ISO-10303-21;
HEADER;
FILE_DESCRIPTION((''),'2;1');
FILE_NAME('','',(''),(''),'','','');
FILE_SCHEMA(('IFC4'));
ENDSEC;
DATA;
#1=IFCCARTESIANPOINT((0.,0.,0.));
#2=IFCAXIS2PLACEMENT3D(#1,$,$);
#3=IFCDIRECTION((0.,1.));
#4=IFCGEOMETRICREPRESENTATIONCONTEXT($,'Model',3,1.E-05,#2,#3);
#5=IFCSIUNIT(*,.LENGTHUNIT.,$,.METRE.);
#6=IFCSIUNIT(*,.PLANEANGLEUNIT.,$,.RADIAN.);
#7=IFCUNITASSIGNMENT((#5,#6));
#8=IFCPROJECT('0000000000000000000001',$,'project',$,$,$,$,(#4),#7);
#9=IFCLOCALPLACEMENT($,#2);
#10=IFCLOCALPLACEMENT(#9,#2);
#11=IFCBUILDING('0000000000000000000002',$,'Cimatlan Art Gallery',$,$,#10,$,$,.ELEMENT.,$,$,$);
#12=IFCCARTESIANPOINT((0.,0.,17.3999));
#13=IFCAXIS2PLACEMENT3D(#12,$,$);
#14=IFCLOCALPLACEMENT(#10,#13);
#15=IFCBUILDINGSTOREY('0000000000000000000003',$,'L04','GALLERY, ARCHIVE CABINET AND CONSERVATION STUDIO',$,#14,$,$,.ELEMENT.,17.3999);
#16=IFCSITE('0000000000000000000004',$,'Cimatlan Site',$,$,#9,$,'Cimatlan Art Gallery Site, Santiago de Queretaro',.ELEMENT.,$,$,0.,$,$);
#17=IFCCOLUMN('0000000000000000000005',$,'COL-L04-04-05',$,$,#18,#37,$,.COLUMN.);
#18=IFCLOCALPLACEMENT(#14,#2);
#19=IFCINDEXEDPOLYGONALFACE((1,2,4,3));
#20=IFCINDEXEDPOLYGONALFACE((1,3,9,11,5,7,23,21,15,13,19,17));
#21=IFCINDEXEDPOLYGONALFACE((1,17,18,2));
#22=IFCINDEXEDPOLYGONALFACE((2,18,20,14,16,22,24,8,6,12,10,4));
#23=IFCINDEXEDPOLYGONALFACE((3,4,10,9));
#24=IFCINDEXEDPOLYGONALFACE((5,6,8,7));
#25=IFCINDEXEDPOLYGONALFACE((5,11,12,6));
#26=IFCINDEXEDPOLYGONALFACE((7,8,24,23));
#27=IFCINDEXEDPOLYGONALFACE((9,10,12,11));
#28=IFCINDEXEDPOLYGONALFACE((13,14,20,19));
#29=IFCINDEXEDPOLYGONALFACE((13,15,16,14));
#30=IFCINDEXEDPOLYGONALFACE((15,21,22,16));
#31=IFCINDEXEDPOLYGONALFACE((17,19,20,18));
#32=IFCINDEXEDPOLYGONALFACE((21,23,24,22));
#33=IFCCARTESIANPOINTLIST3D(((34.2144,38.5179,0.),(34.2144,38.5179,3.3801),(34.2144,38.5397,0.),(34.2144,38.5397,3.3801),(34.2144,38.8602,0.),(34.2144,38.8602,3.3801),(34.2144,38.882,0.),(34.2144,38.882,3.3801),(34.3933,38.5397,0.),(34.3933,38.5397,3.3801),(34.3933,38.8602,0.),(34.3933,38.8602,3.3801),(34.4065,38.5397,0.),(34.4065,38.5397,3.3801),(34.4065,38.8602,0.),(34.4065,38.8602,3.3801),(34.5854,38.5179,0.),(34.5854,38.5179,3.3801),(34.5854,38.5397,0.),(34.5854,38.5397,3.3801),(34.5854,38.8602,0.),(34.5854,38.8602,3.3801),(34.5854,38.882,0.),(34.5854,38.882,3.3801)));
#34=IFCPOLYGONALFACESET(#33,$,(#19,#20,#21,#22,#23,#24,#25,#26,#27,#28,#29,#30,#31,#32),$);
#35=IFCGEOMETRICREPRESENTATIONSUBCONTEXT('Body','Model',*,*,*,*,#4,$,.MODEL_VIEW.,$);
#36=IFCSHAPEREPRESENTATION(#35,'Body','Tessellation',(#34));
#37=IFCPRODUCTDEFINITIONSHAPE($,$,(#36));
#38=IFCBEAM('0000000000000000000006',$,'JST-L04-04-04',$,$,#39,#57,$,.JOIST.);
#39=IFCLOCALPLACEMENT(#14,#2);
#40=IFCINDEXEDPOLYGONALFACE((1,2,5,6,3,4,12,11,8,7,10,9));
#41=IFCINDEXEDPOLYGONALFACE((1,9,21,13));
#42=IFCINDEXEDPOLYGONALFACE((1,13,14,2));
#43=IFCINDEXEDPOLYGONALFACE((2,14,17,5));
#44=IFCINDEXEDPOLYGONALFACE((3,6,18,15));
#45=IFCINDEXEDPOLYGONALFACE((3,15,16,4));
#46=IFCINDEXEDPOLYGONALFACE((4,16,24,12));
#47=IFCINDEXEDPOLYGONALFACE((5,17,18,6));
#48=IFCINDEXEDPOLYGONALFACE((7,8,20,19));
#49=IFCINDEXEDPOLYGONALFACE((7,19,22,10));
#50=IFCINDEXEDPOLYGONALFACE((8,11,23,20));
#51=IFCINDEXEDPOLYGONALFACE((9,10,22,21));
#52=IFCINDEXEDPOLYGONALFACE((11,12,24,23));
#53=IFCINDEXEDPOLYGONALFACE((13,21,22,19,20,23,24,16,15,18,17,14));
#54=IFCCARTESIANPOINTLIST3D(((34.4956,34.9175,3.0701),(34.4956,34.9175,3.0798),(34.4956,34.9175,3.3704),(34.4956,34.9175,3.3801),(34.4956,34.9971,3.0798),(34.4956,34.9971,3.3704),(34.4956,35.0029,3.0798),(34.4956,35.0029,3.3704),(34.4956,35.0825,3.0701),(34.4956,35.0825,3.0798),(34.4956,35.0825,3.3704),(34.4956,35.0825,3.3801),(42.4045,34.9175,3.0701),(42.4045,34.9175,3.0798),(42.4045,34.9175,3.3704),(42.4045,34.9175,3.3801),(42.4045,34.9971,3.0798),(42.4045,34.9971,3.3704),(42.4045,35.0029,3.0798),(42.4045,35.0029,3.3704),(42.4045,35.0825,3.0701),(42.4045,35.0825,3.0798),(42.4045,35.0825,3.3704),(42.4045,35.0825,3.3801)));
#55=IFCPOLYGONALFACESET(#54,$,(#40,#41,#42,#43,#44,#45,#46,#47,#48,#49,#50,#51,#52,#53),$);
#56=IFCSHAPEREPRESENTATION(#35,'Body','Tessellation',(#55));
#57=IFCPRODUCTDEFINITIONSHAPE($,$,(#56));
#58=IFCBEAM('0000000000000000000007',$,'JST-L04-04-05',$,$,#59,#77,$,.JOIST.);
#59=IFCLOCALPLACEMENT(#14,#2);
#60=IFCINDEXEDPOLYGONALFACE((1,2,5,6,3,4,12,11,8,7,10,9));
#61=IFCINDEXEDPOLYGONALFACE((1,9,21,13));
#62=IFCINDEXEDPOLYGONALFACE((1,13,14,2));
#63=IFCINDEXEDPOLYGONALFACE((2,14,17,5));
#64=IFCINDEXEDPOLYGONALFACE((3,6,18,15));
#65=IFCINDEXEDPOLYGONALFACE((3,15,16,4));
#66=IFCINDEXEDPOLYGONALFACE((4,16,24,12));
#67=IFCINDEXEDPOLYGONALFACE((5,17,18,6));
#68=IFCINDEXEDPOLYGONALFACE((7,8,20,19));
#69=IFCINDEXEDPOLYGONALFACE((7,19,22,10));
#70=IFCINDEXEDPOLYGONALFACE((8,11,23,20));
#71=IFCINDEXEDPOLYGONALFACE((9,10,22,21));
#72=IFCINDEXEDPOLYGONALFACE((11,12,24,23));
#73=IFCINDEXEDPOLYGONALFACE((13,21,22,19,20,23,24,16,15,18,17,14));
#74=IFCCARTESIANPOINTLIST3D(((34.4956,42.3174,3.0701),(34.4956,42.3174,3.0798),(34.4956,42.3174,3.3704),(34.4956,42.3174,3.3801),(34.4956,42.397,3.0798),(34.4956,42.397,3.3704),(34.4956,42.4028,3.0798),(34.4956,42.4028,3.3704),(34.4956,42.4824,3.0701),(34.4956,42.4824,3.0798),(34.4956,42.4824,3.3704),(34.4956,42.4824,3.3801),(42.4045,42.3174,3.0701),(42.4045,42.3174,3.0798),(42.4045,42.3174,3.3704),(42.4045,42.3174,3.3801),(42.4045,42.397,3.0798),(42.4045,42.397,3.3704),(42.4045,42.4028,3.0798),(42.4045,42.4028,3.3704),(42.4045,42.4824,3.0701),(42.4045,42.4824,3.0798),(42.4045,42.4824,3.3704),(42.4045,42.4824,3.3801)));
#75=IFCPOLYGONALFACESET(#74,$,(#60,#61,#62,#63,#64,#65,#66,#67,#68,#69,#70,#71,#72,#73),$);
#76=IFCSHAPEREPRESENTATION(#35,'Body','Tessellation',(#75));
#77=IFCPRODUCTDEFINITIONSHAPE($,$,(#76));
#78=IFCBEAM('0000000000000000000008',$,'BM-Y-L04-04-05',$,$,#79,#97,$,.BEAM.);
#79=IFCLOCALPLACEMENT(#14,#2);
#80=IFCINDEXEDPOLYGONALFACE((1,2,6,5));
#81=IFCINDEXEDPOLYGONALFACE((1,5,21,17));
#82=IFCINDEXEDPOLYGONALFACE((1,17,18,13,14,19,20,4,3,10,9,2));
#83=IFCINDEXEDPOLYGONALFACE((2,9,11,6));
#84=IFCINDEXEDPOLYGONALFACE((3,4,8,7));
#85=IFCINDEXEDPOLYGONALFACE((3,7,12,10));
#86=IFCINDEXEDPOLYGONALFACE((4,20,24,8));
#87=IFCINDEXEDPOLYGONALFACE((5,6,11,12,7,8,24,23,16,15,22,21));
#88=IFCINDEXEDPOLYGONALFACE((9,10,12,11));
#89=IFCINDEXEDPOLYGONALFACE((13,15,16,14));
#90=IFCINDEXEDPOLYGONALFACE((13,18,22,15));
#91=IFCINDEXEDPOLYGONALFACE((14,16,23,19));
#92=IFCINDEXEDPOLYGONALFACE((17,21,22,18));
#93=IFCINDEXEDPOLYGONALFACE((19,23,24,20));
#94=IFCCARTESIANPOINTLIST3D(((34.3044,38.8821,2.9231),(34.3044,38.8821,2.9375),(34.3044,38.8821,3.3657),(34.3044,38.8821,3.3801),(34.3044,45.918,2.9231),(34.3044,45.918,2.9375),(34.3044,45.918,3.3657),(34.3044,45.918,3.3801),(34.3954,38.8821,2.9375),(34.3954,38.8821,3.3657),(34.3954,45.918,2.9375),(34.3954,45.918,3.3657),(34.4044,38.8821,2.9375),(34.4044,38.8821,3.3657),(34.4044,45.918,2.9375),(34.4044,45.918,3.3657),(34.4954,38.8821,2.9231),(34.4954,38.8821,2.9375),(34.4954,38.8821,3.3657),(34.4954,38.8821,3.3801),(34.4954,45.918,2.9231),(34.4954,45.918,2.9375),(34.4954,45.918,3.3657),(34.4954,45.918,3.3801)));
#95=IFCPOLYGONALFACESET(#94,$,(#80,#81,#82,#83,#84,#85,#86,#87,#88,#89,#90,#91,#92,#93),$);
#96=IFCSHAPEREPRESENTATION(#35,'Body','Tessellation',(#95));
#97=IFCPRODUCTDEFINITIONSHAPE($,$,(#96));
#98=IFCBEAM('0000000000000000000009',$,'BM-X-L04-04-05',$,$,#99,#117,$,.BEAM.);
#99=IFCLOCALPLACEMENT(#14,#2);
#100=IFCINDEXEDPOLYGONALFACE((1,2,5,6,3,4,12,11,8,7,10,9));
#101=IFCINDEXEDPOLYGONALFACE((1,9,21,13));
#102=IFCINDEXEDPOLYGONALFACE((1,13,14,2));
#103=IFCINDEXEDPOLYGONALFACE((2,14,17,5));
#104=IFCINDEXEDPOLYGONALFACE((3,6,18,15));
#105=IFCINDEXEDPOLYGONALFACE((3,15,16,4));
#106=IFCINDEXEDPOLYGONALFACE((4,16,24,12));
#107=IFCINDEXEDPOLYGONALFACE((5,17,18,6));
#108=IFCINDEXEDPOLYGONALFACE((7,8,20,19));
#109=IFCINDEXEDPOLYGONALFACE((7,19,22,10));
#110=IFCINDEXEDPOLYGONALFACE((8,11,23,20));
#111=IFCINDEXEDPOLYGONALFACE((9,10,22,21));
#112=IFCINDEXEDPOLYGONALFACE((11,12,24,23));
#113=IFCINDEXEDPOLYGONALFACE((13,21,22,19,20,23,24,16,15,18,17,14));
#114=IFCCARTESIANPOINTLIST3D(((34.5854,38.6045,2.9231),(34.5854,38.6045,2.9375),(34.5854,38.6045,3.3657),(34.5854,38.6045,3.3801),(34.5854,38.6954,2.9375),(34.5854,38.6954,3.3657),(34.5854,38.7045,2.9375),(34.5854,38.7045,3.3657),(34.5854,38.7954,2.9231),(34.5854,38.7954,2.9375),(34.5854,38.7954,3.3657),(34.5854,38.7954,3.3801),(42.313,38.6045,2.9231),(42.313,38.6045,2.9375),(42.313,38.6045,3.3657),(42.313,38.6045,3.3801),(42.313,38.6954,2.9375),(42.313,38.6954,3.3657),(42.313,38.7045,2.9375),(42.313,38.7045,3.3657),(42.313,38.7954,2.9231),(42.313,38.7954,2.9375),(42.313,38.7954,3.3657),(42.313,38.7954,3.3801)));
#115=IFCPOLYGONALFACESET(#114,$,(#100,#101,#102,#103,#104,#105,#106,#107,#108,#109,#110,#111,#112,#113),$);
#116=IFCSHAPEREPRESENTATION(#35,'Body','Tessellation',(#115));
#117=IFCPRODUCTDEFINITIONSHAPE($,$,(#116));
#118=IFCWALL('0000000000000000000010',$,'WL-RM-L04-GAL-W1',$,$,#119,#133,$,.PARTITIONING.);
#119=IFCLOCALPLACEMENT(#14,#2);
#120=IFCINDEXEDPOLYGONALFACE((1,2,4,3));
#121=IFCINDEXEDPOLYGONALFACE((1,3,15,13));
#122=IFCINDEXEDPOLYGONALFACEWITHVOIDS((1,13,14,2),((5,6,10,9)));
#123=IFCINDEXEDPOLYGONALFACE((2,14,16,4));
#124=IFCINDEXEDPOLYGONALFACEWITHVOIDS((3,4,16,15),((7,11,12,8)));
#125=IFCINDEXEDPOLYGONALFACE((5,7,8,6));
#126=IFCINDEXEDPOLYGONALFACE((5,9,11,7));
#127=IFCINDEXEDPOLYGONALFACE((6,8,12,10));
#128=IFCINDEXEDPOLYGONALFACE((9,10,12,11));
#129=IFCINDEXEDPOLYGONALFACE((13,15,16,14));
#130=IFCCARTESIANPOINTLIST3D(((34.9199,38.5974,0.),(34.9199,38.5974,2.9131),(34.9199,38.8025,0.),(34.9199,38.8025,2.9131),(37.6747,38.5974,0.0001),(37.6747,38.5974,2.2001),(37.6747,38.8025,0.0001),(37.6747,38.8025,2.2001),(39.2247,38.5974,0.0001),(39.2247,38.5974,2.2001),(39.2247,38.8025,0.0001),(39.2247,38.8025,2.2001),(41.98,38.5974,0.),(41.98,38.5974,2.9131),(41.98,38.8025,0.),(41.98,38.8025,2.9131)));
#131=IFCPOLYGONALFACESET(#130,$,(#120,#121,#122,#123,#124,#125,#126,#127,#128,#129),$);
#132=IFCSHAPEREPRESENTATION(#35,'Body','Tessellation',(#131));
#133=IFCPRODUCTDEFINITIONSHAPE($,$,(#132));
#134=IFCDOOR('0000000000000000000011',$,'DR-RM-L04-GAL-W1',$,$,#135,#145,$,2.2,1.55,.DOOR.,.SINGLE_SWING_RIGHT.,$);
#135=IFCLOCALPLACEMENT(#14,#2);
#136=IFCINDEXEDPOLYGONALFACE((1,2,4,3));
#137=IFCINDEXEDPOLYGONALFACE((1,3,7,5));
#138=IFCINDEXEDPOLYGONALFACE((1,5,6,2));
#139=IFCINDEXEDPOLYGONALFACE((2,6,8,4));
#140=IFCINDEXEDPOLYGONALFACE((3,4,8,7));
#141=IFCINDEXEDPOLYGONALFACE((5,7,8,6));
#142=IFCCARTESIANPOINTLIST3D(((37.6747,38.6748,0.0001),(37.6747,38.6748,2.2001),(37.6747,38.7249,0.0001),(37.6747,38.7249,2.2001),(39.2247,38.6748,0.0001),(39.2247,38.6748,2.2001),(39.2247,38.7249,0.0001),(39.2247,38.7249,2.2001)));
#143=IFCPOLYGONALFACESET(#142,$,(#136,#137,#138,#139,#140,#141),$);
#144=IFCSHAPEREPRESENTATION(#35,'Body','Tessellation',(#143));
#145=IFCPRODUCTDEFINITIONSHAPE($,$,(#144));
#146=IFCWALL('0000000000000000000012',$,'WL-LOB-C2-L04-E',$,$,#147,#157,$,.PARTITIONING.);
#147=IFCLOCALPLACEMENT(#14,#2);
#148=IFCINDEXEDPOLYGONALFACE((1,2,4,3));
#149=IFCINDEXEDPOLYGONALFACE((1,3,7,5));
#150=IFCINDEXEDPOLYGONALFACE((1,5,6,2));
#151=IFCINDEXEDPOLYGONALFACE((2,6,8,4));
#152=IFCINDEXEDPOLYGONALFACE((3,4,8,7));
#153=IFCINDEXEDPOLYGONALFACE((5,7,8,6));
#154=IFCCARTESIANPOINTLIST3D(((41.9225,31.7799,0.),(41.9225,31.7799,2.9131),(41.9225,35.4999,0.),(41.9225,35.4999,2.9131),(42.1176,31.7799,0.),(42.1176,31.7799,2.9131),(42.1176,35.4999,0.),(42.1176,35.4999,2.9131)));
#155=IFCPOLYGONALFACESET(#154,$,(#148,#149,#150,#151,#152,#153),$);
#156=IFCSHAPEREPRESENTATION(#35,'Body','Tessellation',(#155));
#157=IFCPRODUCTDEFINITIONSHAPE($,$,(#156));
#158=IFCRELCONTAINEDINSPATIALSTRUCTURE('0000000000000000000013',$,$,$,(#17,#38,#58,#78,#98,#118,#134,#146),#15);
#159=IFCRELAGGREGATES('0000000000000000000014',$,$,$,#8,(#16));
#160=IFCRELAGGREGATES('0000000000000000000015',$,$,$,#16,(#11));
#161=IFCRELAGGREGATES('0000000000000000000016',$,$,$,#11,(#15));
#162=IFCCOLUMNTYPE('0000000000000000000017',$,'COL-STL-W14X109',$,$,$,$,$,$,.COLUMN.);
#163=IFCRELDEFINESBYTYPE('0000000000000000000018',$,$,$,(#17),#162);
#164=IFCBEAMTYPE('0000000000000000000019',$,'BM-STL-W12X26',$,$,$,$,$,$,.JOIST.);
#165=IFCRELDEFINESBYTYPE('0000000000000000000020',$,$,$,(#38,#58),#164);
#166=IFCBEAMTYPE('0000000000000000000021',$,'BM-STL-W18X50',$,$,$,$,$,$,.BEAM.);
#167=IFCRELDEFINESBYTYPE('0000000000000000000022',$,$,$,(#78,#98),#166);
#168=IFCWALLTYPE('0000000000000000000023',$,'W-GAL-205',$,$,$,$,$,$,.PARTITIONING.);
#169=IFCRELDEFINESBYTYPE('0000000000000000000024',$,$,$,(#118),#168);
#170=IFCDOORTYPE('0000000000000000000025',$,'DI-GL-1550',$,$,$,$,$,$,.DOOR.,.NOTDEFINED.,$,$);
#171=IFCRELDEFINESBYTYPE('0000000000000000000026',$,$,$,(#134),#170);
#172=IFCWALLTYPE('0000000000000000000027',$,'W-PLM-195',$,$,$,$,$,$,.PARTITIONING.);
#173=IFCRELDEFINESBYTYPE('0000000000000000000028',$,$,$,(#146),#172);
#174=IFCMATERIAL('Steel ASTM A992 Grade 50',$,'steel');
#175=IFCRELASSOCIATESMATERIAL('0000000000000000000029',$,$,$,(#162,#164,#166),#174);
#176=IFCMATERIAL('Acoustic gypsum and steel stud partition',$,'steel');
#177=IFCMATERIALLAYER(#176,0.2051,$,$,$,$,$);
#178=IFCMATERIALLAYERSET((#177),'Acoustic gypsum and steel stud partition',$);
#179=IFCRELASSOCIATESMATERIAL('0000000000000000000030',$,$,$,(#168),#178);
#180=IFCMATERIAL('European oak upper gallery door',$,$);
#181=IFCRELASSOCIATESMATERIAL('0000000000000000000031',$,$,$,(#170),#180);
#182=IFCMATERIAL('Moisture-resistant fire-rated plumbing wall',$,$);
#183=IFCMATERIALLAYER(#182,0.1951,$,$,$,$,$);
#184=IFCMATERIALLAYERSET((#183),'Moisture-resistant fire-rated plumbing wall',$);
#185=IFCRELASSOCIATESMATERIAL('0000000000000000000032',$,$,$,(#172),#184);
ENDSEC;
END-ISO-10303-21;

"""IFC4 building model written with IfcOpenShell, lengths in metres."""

from ifc_helpers import new_model, si_unit, direction, frame, frame_2d, origin, origin_2d, place, context, subcontext, project, spatial, rectangle, i_section, extrude, material, layer, layer_set, material_profile, profile_set, type_object, element, fill, save


model = new_model("IFC4")

# Units and contexts
model_context = context("Model", 3, precision=1e-05, world=origin(), true_north=direction((0.0, 1.0)))
body_context = subcontext(model_context, "Body", "Model", "MODEL_VIEW")
ifc_project = project(units=[si_unit("LENGTHUNIT", "METRE"), si_unit("PLANEANGLEUNIT", "RADIAN")], contexts=[model_context])

# Site, building, storey
site_placement = place(None, origin())
site = spatial("IfcSite", under=ifc_project, at=site_placement, Name="Cimatlan Site", LongName="Cimatlan Art Gallery Site, Santiago de Queretaro", CompositionType="ELEMENT", RefElevation=0.0)
building_placement = place(site_placement, origin())
building = spatial("IfcBuilding", under=site, at=building_placement, Name="Cimatlan Art Gallery", CompositionType="ELEMENT")
storey_placement = place(building_placement, frame((0.0, 0.0, 17.3999)))
storey = spatial("IfcBuildingStorey", under=building, at=storey_placement, Name="L04", Description="GALLERY, ARCHIVE CABINET AND CONSERVATION STUDIO", CompositionType="ELEMENT", Elevation=17.3999)

# Column
ifc_material_1 = material(Name="Steel ASTM A992 Grade 50", Category="steel")
ifc_material_profile_1 = material_profile(ifc_material_1, i_section(OverallWidth=0.3711, OverallDepth=0.364, WebThickness=0.0132, FlangeThickness=0.0217, at=origin_2d()), Name="W14X109")
ifc_profile_set_1 = profile_set([ifc_material_profile_1], Name="Steel ASTM A992 Grade 50")
column_type = type_object("IfcColumnType", Name="COL-STL-W14X109", PredefinedType="COLUMN", material=ifc_profile_set_1)
column_placement = place(storey_placement, frame((34.3999, 38.7, 0.0), z_axis=(0.0, 0.0, 1.0), x_axis=(1.0, 0.0, 0.0)))
element("IfcColumn", 1, at=column_placement, inside=storey, type_object=column_type, Name="COL-L04-04-05", PredefinedType="COLUMN", context=body_context, shape_type="SweptSolid", body=[
    extrude(i_section(OverallWidth=0.3711, OverallDepth=0.364, WebThickness=0.0132, FlangeThickness=0.0217, at=origin_2d()), origin(), (0.0, 0.0, 1.0), 3.3801),
])

# Beams
ifc_material_profile_2 = material_profile(ifc_material_1, i_section(OverallWidth=0.165, OverallDepth=0.3101, WebThickness=0.0059, FlangeThickness=0.0098, at=origin_2d()), Name="W12X26")
ifc_profile_set_2 = profile_set([ifc_material_profile_2], Name="Steel ASTM A992 Grade 50")
beam_type_1 = type_object("IfcBeamType", Name="BM-STL-W12X26", PredefinedType="JOIST", material=ifc_profile_set_2)
for number, where, z_axis, x_axis, name in (
    (2, (34.4956, 35.0, 3.2251), (1.0, 0.0, 0.0), (0.0, 1.0, 0.0), "JST-L04-04-04"),
    (3, (34.4956, 42.3999, 3.2251), (1.0, 0.0, 0.0), (0.0, 1.0, 0.0), "JST-L04-04-05"),
):
    element("IfcBeam", number, at=place(storey_placement, frame(where, z_axis=z_axis, x_axis=x_axis)), inside=storey, type_object=beam_type_1, Name=name, PredefinedType="JOIST", context=body_context, shape_type="SweptSolid", body=[
        extrude(i_section(OverallWidth=0.165, OverallDepth=0.3101, WebThickness=0.0059, FlangeThickness=0.0098, at=origin_2d()), origin(), (0.0, 0.0, 1.0), 7.9089),
    ])
ifc_material_profile_3 = material_profile(ifc_material_1, i_section(OverallWidth=0.1909, OverallDepth=0.457, WebThickness=0.009, FlangeThickness=0.0144, at=origin_2d()), Name="W18X50")
ifc_profile_set_3 = profile_set([ifc_material_profile_3], Name="Steel ASTM A992 Grade 50")
beam_type_2 = type_object("IfcBeamType", Name="BM-STL-W18X50", PredefinedType="BEAM", material=ifc_profile_set_3)
beam_1_placement = place(storey_placement, frame((34.3999, 38.8821, 3.1516), z_axis=(0.0, 1.0, 0.0), x_axis=(-1.0, 0.0, 0.0)))
element("IfcBeam", 4, at=beam_1_placement, inside=storey, type_object=beam_type_2, Name="BM-Y-L04-04-05", PredefinedType="BEAM", context=body_context, shape_type="SweptSolid", body=[
    extrude(i_section(OverallWidth=0.1909, OverallDepth=0.457, WebThickness=0.009, FlangeThickness=0.0144, at=origin_2d()), origin(), (0.0, 0.0, 1.0), 7.0359),
])
beam_2_placement = place(storey_placement, frame((34.5854, 38.7, 3.1516), z_axis=(1.0, 0.0, 0.0), x_axis=(0.0, 1.0, 0.0)))
element("IfcBeam", 5, at=beam_2_placement, inside=storey, type_object=beam_type_2, Name="BM-X-L04-04-05", PredefinedType="BEAM", context=body_context, shape_type="SweptSolid", body=[
    extrude(i_section(OverallWidth=0.1909, OverallDepth=0.457, WebThickness=0.009, FlangeThickness=0.0144, at=origin_2d()), origin(), (0.0, 0.0, 1.0), 7.7275),
])

# Wall, opening, door
ifc_material_2 = material(Name="Acoustic gypsum and steel stud partition", Category="steel")
ifc_layer_1 = layer(ifc_material_2, 0.2051)
ifc_layer_set_1 = layer_set([ifc_layer_1], Name="Acoustic gypsum and steel stud partition")
wall_type_1 = type_object("IfcWallType", Name="W-GAL-205", PredefinedType="PARTITIONING", material=ifc_layer_set_1)
wall_1_placement = place(storey_placement, frame((34.9199, 38.7, 0.0), z_axis=(0.0, 0.0, 1.0), x_axis=(1.0, 0.0, 0.0)))
wall_1 = element("IfcWall", 6, at=wall_1_placement, inside=storey, type_object=wall_type_1, Name="WL-RM-L04-GAL-W1", PredefinedType="PARTITIONING", context=body_context, shape_type="SweptSolid", body=[
    extrude(rectangle(XDim=7.0601, YDim=0.2051, at=frame_2d((3.53, 0.0))), origin(), (0.0, 0.0, 1.0), 2.9131),
])
opening_1_placement = place(wall_1_placement, frame((2.7549, 0.0, 0.0)))
opening_1 = element("IfcOpeningElement", 7, at=opening_1_placement, cuts=wall_1, PredefinedType="OPENING", context=body_context, shape_type="SweptSolid", body=[
    extrude(rectangle(XDim=1.55, YDim=2.2, at=frame_2d((0.7749, 1.1001))), frame((0.0, 0.1125, 0.0), z_axis=(0.0, -1.0, 0.0), x_axis=(1.0, 0.0, 0.0)), (0.0, 0.0, 1.0), 0.2251),
])
ifc_material_3 = material(Name="European oak upper gallery door")
door_type_1 = type_object("IfcDoorType", Name="DI-GL-1550", OperationType="NOTDEFINED", PredefinedType="DOOR", material=ifc_material_3)
door_1_placement = place(opening_1_placement, origin())
door_1 = element("IfcDoor", 8, at=door_1_placement, inside=storey, type_object=door_type_1, Name="DR-RM-L04-GAL-W1", OperationType="SINGLE_SWING_RIGHT", OverallHeight=2.2, OverallWidth=1.55, PredefinedType="DOOR", context=body_context, shape_type="SweptSolid", body=[
    extrude(rectangle(XDim=1.55, YDim=2.2, at=frame_2d((0.7749, 1.1001))), frame((0.0, 0.0249, 0.0), z_axis=(0.0, -1.0, 0.0), x_axis=(1.0, 0.0, 0.0)), (0.0, 0.0, 1.0), 0.05),
])
fill(opening_1, door_1)

# Wall
ifc_material_4 = material(Name="Moisture-resistant fire-rated plumbing wall")
ifc_layer_2 = layer(ifc_material_4, 0.1951)
ifc_layer_set_2 = layer_set([ifc_layer_2], Name="Moisture-resistant fire-rated plumbing wall")
wall_type_2 = type_object("IfcWallType", Name="W-PLM-195", PredefinedType="PARTITIONING", material=ifc_layer_set_2)
wall_2_placement = place(storey_placement, frame((42.02, 31.78, 0.0), z_axis=(0.0, 0.0, 1.0), x_axis=(0.0, 1.0, 0.0)))
element("IfcWall", 9, at=wall_2_placement, inside=storey, type_object=wall_type_2, Name="WL-LOB-C2-L04-E", PredefinedType="PARTITIONING", context=body_context, shape_type="SweptSolid", body=[
    extrude(rectangle(XDim=3.72, YDim=0.1951, at=frame_2d((1.8599, 0.0))), origin(), (0.0, 0.0, 1.0), 2.9131),
])

save(model, "model.ifc")
